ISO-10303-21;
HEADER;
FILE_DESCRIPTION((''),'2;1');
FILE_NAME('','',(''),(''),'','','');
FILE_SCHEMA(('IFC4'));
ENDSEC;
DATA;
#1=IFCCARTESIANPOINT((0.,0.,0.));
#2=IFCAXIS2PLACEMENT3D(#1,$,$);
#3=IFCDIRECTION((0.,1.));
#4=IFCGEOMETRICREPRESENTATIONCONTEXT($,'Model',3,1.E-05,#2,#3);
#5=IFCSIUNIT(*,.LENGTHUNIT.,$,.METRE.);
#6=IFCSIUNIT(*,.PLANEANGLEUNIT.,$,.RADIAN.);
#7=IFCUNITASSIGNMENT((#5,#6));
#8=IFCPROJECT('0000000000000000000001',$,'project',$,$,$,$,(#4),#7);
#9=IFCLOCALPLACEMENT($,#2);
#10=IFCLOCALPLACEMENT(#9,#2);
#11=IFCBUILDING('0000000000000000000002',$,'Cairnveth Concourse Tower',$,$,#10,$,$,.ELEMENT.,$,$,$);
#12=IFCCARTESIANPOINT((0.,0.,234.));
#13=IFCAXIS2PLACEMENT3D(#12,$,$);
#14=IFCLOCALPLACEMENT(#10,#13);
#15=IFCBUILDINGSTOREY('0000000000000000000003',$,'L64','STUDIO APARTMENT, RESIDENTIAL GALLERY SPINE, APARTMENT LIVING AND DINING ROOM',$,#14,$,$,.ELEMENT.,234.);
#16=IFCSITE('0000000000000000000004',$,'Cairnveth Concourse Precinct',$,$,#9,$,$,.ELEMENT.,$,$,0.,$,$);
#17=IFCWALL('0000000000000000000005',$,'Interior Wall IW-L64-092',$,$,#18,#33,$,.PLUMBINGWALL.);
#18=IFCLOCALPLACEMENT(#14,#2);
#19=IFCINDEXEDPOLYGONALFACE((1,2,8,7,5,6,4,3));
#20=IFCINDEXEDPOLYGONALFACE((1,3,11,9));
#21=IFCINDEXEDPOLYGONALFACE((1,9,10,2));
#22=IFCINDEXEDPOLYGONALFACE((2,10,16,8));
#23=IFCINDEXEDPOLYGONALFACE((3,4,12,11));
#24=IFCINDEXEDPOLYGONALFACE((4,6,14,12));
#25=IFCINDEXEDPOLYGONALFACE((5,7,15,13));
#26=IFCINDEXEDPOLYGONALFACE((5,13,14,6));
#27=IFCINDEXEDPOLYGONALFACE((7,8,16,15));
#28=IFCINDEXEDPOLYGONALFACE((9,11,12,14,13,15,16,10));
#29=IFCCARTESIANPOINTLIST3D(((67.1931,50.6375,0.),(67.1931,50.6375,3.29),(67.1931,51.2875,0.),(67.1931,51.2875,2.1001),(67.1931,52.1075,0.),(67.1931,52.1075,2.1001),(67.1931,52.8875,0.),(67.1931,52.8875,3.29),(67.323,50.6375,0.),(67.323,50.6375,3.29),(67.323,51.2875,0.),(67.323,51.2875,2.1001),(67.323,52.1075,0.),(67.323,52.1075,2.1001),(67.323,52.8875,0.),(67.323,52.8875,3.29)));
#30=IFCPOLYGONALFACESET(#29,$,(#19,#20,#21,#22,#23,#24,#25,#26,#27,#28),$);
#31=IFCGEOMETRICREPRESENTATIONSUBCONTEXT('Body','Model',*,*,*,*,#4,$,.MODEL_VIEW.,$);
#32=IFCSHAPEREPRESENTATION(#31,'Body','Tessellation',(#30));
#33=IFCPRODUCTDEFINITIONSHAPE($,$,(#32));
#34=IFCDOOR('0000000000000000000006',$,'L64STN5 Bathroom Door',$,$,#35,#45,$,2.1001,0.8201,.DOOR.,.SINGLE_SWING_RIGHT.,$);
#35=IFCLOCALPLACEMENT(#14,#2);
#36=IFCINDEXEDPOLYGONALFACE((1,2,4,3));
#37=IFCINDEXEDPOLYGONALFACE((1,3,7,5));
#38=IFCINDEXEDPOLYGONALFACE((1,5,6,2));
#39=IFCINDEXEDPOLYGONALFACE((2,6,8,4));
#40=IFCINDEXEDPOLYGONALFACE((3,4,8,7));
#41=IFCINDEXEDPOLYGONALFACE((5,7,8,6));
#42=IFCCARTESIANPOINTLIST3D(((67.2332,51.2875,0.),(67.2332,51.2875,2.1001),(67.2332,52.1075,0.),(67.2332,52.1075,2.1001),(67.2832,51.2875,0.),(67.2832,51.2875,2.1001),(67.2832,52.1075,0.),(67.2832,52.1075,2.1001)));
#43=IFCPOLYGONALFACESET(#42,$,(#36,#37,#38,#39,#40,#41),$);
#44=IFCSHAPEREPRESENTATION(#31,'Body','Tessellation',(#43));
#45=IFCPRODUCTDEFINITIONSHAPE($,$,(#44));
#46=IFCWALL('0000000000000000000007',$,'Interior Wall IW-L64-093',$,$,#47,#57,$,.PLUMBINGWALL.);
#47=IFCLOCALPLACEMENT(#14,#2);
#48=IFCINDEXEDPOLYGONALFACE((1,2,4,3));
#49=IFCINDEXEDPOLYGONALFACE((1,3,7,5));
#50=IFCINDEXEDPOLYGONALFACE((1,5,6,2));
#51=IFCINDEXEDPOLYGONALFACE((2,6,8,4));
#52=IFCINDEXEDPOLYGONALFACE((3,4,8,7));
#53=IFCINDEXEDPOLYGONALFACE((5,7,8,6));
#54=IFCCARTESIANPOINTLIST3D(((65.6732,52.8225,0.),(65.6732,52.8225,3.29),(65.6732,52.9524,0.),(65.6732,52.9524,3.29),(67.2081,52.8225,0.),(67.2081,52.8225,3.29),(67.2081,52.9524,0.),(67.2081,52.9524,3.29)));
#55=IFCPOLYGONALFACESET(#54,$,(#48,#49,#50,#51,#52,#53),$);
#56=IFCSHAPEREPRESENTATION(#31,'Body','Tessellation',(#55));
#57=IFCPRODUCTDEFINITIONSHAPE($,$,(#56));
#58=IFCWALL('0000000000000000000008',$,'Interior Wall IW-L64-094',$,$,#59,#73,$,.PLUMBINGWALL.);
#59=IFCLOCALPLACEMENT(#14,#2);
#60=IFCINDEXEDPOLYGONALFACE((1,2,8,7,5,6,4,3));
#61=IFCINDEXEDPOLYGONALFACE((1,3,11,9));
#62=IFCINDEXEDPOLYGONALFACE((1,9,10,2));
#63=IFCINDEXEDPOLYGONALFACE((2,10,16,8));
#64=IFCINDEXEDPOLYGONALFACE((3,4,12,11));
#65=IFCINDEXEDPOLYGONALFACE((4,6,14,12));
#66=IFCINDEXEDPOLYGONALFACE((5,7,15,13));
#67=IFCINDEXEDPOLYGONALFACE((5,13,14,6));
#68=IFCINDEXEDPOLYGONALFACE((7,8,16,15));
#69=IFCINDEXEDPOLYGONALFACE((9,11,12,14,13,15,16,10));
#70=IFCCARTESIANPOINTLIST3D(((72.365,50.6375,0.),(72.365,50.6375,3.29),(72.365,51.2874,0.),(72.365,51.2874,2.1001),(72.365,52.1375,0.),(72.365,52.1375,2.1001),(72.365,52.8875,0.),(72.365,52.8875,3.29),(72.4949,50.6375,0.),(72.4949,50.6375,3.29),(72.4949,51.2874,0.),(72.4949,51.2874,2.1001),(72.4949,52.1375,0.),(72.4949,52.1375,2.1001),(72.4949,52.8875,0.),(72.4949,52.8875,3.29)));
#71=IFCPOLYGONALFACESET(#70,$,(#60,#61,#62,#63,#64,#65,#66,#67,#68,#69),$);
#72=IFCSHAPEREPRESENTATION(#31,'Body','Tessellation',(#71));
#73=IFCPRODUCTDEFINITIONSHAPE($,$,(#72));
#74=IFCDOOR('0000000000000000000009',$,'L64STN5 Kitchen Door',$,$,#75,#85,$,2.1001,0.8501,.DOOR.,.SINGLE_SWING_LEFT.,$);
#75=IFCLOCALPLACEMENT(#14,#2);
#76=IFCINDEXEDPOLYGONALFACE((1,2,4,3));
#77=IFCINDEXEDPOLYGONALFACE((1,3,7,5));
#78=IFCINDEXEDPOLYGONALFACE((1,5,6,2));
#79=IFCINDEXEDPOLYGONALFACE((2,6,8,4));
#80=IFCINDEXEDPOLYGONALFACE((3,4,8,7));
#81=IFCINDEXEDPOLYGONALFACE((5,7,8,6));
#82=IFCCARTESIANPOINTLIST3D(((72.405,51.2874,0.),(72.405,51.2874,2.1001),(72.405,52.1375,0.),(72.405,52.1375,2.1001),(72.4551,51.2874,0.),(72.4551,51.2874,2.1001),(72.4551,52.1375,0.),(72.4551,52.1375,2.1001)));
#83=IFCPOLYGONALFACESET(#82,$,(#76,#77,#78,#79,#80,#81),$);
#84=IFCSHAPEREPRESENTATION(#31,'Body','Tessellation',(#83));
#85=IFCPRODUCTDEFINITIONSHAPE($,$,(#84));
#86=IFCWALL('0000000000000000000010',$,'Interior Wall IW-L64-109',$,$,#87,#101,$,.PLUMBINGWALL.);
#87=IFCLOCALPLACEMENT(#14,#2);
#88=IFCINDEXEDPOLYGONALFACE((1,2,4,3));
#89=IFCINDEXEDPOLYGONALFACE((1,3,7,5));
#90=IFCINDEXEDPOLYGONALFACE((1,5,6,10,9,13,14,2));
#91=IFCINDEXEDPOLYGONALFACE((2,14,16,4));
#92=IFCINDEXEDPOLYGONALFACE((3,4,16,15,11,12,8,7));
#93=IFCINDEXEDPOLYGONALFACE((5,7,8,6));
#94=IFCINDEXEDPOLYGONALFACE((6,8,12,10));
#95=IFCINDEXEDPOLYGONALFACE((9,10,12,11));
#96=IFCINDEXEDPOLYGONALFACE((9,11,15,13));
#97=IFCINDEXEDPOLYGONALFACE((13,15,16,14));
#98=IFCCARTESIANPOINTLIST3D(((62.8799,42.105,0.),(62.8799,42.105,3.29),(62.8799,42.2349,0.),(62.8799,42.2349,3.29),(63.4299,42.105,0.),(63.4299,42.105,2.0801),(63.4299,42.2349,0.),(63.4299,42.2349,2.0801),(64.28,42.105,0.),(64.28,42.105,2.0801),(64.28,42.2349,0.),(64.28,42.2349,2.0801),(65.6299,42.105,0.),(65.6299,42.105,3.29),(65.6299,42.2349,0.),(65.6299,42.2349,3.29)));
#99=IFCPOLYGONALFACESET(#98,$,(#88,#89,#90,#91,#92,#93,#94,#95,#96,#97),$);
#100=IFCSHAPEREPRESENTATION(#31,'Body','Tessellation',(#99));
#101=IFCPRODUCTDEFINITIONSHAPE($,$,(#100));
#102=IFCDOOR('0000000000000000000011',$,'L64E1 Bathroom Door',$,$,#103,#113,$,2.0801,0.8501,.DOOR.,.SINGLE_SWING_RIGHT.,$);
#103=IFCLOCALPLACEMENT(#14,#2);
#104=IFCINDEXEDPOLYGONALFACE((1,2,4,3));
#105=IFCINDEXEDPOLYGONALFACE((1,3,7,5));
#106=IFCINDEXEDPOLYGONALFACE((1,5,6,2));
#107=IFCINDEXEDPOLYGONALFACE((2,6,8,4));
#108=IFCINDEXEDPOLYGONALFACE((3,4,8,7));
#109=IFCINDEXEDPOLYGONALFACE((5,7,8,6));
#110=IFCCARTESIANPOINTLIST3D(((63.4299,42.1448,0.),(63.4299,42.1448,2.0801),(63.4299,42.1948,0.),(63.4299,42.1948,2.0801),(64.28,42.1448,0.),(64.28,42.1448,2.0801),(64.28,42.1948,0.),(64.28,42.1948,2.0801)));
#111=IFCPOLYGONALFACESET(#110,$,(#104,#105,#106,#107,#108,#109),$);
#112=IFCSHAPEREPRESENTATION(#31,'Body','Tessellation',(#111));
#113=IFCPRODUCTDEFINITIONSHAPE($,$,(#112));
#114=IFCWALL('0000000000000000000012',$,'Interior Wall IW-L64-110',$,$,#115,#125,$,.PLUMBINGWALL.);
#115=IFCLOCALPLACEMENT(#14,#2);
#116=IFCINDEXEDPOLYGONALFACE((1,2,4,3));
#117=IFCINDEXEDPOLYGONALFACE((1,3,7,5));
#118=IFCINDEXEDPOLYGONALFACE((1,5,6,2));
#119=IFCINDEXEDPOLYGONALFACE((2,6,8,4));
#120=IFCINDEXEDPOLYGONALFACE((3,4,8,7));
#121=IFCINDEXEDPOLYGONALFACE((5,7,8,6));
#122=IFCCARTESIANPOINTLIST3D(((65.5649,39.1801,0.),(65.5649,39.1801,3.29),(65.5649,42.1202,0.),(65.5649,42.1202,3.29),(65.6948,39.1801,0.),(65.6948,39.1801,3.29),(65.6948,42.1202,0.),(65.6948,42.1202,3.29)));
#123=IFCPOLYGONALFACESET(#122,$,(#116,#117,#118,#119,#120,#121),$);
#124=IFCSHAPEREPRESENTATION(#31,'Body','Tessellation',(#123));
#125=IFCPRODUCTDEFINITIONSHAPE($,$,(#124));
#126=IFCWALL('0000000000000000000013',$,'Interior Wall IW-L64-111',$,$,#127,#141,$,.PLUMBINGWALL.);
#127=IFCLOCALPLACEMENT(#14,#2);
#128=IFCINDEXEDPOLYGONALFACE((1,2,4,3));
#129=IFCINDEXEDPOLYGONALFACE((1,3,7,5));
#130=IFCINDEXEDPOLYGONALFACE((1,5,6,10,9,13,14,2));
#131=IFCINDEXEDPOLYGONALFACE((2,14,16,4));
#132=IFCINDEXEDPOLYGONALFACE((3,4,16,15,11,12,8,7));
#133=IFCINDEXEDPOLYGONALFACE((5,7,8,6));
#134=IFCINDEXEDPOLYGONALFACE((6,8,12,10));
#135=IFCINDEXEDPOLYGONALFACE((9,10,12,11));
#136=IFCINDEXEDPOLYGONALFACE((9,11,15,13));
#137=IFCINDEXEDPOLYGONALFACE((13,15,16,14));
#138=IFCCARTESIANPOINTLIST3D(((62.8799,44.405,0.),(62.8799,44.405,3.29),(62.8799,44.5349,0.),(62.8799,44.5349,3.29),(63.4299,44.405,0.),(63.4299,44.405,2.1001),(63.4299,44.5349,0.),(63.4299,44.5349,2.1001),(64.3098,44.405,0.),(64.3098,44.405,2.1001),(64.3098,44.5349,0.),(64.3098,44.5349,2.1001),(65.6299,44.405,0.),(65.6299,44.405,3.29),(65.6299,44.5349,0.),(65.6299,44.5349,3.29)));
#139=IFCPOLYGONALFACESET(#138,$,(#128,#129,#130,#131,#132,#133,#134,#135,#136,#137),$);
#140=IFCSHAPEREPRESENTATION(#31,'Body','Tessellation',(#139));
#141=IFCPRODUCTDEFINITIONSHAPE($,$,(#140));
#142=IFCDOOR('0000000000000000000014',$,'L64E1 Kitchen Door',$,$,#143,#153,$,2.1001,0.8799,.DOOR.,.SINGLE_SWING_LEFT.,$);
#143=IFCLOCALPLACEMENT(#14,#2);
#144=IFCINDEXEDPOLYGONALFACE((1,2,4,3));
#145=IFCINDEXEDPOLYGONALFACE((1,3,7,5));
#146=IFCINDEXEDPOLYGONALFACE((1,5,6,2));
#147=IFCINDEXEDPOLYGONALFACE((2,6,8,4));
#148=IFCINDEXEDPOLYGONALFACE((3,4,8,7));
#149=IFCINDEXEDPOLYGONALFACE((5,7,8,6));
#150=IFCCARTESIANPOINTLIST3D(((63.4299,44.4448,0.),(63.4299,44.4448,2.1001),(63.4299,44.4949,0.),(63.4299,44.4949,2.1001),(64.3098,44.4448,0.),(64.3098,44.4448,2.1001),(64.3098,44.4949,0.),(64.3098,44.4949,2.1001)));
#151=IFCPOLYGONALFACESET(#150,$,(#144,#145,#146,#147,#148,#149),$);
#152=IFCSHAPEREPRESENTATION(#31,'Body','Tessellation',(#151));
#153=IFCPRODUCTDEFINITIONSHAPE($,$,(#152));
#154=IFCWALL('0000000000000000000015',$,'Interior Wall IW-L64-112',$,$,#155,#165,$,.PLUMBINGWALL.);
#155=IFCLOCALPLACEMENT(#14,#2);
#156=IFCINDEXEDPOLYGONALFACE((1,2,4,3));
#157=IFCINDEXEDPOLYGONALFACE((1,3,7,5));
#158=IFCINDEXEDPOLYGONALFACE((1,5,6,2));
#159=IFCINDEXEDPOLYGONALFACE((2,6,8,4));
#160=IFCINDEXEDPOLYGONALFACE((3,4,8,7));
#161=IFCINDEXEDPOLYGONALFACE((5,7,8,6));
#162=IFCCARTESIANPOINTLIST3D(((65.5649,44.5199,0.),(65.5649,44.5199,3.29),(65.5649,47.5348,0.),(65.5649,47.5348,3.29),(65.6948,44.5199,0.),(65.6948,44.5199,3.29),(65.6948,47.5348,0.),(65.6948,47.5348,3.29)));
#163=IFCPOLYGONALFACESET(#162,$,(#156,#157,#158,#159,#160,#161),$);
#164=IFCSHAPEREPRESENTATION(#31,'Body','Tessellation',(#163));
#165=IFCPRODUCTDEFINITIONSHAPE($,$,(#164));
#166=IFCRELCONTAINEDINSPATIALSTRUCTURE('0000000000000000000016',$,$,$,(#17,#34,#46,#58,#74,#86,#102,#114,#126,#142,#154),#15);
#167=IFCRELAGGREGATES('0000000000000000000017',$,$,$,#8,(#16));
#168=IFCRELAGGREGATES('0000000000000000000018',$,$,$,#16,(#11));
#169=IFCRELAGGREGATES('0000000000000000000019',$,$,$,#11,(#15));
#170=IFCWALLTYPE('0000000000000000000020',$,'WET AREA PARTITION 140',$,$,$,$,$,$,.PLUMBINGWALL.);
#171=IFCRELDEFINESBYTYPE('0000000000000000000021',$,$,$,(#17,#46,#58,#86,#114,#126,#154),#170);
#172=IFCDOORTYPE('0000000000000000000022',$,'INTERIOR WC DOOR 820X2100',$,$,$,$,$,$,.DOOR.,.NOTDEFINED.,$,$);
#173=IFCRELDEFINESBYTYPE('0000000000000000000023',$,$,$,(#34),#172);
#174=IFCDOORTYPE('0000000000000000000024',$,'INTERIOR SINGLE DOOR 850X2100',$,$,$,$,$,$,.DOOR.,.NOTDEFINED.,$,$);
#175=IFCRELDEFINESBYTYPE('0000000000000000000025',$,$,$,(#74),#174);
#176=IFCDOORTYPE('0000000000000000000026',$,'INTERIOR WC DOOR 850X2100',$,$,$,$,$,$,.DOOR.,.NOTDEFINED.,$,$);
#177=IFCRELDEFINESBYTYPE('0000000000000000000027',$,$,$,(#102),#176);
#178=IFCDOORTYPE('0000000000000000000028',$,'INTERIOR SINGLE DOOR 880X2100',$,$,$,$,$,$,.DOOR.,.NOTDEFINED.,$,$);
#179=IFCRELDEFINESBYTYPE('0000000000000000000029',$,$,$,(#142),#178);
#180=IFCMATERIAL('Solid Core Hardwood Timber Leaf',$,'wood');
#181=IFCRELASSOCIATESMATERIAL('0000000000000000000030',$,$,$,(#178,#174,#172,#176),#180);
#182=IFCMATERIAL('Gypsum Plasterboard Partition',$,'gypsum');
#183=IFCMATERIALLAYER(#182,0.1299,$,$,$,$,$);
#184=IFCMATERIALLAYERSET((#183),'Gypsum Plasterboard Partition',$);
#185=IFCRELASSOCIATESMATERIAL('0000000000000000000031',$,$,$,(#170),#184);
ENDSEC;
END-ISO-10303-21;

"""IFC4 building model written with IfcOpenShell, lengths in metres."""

from ifc_helpers import new_model, si_unit, direction, frame, frame_2d, origin, place, context, subcontext, project, spatial, rectangle, extrude, material, layer, layer_set, type_object, element, fill, save


model = new_model("IFC4")

# Units and contexts
model_context = context("Model", 3, precision=1e-05, world=origin(), true_north=direction((0.0, 1.0)))
body_context = subcontext(model_context, "Body", "Model", "MODEL_VIEW")
ifc_project = project(units=[si_unit("LENGTHUNIT", "METRE"), si_unit("PLANEANGLEUNIT", "RADIAN")], contexts=[model_context])

# Site, building, storey
site_placement = place(None, origin())
site = spatial("IfcSite", under=ifc_project, at=site_placement, Name="Cairnveth Concourse Precinct", CompositionType="ELEMENT", RefElevation=0.0)
building_placement = place(site_placement, origin())
building = spatial("IfcBuilding", under=site, at=building_placement, Name="Cairnveth Concourse Tower", CompositionType="ELEMENT")
storey_placement = place(building_placement, frame((0.0, 0.0, 234.0)))
storey = spatial("IfcBuildingStorey", under=building, at=storey_placement, Name="L64", Description="STUDIO APARTMENT, RESIDENTIAL GALLERY SPINE, APARTMENT LIVING AND DINING ROOM", CompositionType="ELEMENT", Elevation=234.0)

# Shared definitions
ifc_material_1 = material(Name="Gypsum Plasterboard Partition", Category="gypsum")

# Shared definitions
ifc_material_2 = material(Name="Solid Core Hardwood Timber Leaf", Category="wood")
door_type_1 = type_object("IfcDoorType", Name="INTERIOR SINGLE DOOR 880X2100", OperationType="NOTDEFINED", PredefinedType="DOOR", material=ifc_material_2)
ifc_layer_1 = layer(ifc_material_1, 0.1299)
ifc_layer_set_1 = layer_set([ifc_layer_1], Name="Gypsum Plasterboard Partition")
wall_type_1 = type_object("IfcWallType", Name="WET AREA PARTITION 140", PredefinedType="PLUMBINGWALL", material=ifc_layer_set_1)
door_type_2 = type_object("IfcDoorType", Name="INTERIOR SINGLE DOOR 850X2100", OperationType="NOTDEFINED", PredefinedType="DOOR", material=ifc_material_2)

# Wall, opening, door
wall_1_placement = place(storey_placement, frame((67.2581, 50.6375, 0.0), z_axis=(0.0, 0.0, 1.0), x_axis=(0.0, 1.0, 0.0)))
wall_1 = element("IfcWall", 1, at=wall_1_placement, inside=storey, type_object=wall_type_1, Name="Interior Wall IW-L64-092", PredefinedType="PLUMBINGWALL", context=body_context, shape_type="SweptSolid", body=[
    extrude(rectangle(XDim=2.25, YDim=0.1299, at=frame_2d((1.125, 0.0))), origin(), (0.0, 0.0, 1.0), 3.29),
])
opening_1_placement = place(wall_1_placement, frame((0.6499, 0.0, 0.0)))
opening_1 = element("IfcOpeningElement", 2, at=opening_1_placement, cuts=wall_1, PredefinedType="OPENING", context=body_context, shape_type="SweptSolid", body=[
    extrude(rectangle(XDim=0.8201, YDim=2.1001, at=frame_2d((0.4102, 1.05))), frame((0.0, 0.075, 0.0), z_axis=(0.0, -1.0, 0.0), x_axis=(1.0, 0.0, 0.0)), (0.0, 0.0, 1.0), 0.1499),
])
door_type_3 = type_object("IfcDoorType", Name="INTERIOR WC DOOR 820X2100", OperationType="NOTDEFINED", PredefinedType="DOOR", material=ifc_material_2)
door_1_placement = place(opening_1_placement, origin())
door_1 = element("IfcDoor", 3, at=door_1_placement, inside=storey, type_object=door_type_3, Name="L64STN5 Bathroom Door", OperationType="SINGLE_SWING_RIGHT", OverallHeight=2.1001, OverallWidth=0.8201, PredefinedType="DOOR", context=body_context, shape_type="SweptSolid", body=[
    extrude(rectangle(XDim=0.8201, YDim=2.1001, at=frame_2d((0.4102, 1.05))), frame((0.0, 0.0249, 0.0), z_axis=(0.0, -1.0, 0.0), x_axis=(1.0, 0.0, 0.0)), (0.0, 0.0, 1.0), 0.05),
])
fill(opening_1, door_1)

# Wall
wall_2_placement = place(storey_placement, frame((65.6731, 52.8875, 0.0), z_axis=(0.0, 0.0, 1.0), x_axis=(1.0, 0.0, 0.0)))
element("IfcWall", 4, at=wall_2_placement, inside=storey, type_object=wall_type_1, Name="Interior Wall IW-L64-093", PredefinedType="PLUMBINGWALL", context=body_context, shape_type="SweptSolid", body=[
    extrude(rectangle(XDim=1.5349, YDim=0.1299, at=frame_2d((0.7676, 0.0))), origin(), (0.0, 0.0, 1.0), 3.29),
])

# Walls, openings, doors
wall_3_placement = place(storey_placement, frame((72.4299, 50.6375, 0.0), z_axis=(0.0, 0.0, 1.0), x_axis=(0.0, 1.0, 0.0)))
wall_3 = element("IfcWall", 5, at=wall_3_placement, inside=storey, type_object=wall_type_1, Name="Interior Wall IW-L64-094", PredefinedType="PLUMBINGWALL", context=body_context, shape_type="SweptSolid", body=[
    extrude(rectangle(XDim=2.25, YDim=0.1299, at=frame_2d((1.125, 0.0))), origin(), (0.0, 0.0, 1.0), 3.29),
])
opening_2_placement = place(wall_3_placement, frame((0.6499, 0.0, 0.0)))
opening_2 = element("IfcOpeningElement", 6, at=opening_2_placement, cuts=wall_3, PredefinedType="OPENING", context=body_context, shape_type="SweptSolid", body=[
    extrude(rectangle(XDim=0.8501, YDim=2.1001, at=frame_2d((0.425, 1.05))), frame((0.0, 0.075, 0.0), z_axis=(0.0, -1.0, 0.0), x_axis=(1.0, 0.0, 0.0)), (0.0, 0.0, 1.0), 0.1499),
])
door_2_placement = place(opening_2_placement, origin())
door_2 = element("IfcDoor", 7, at=door_2_placement, inside=storey, type_object=door_type_2, Name="L64STN5 Kitchen Door", OperationType="SINGLE_SWING_LEFT", OverallHeight=2.1001, OverallWidth=0.8501, PredefinedType="DOOR", context=body_context, shape_type="SweptSolid", body=[
    extrude(rectangle(XDim=0.8501, YDim=2.1001, at=frame_2d((0.425, 1.05))), frame((0.0, 0.0249, 0.0), z_axis=(0.0, -1.0, 0.0), x_axis=(1.0, 0.0, 0.0)), (0.0, 0.0, 1.0), 0.05),
])
fill(opening_2, door_2)
wall_4_placement = place(storey_placement, frame((62.8799, 42.1699, 0.0), z_axis=(0.0, 0.0, 1.0), x_axis=(1.0, 0.0, 0.0)))
wall_4 = element("IfcWall", 8, at=wall_4_placement, inside=storey, type_object=wall_type_1, Name="Interior Wall IW-L64-109", PredefinedType="PLUMBINGWALL", context=body_context, shape_type="SweptSolid", body=[
    extrude(rectangle(XDim=2.75, YDim=0.1299, at=frame_2d((1.375, 0.0))), origin(), (0.0, 0.0, 1.0), 3.29),
])
opening_3_placement = place(wall_4_placement, frame((0.55, 0.0, 0.0)))
opening_3 = element("IfcOpeningElement", 9, at=opening_3_placement, cuts=wall_4, PredefinedType="OPENING", context=body_context, shape_type="SweptSolid", body=[
    extrude(rectangle(XDim=0.8501, YDim=2.0801, at=frame_2d((0.425, 1.04))), frame((0.0, 0.075, 0.0), z_axis=(0.0, -1.0, 0.0), x_axis=(1.0, 0.0, 0.0)), (0.0, 0.0, 1.0), 0.1499),
])
door_type_4 = type_object("IfcDoorType", Name="INTERIOR WC DOOR 850X2100", OperationType="NOTDEFINED", PredefinedType="DOOR", material=ifc_material_2)
door_3_placement = place(opening_3_placement, origin())
door_3 = element("IfcDoor", 10, at=door_3_placement, inside=storey, type_object=door_type_4, Name="L64E1 Bathroom Door", OperationType="SINGLE_SWING_RIGHT", OverallHeight=2.0801, OverallWidth=0.8501, PredefinedType="DOOR", context=body_context, shape_type="SweptSolid", body=[
    extrude(rectangle(XDim=0.8501, YDim=2.0801, at=frame_2d((0.425, 1.04))), frame((0.0, 0.0249, 0.0), z_axis=(0.0, -1.0, 0.0), x_axis=(1.0, 0.0, 0.0)), (0.0, 0.0, 1.0), 0.05),
])
fill(opening_3, door_3)

# Wall
wall_5_placement = place(storey_placement, frame((65.6299, 39.1799, 0.0), z_axis=(0.0, 0.0, 1.0), x_axis=(0.0, 1.0, 0.0)))
element("IfcWall", 11, at=wall_5_placement, inside=storey, type_object=wall_type_1, Name="Interior Wall IW-L64-110", PredefinedType="PLUMBINGWALL", context=body_context, shape_type="SweptSolid", body=[
    extrude(rectangle(XDim=2.9402, YDim=0.1299, at=frame_2d((1.4702, 0.0))), origin(), (0.0, 0.0, 1.0), 3.29),
])

# Wall, opening, door
wall_6_placement = place(storey_placement, frame((62.8799, 44.47, 0.0), z_axis=(0.0, 0.0, 1.0), x_axis=(1.0, 0.0, 0.0)))
wall_6 = element("IfcWall", 12, at=wall_6_placement, inside=storey, type_object=wall_type_1, Name="Interior Wall IW-L64-111", PredefinedType="PLUMBINGWALL", context=body_context, shape_type="SweptSolid", body=[
    extrude(rectangle(XDim=2.75, YDim=0.1299, at=frame_2d((1.375, 0.0))), origin(), (0.0, 0.0, 1.0), 3.29),
])
opening_4_placement = place(wall_6_placement, frame((0.55, 0.0, 0.0)))
opening_4 = element("IfcOpeningElement", 13, at=opening_4_placement, cuts=wall_6, PredefinedType="OPENING", context=body_context, shape_type="SweptSolid", body=[
    extrude(rectangle(XDim=0.8799, YDim=2.1001, at=frame_2d((0.4399, 1.05))), frame((0.0, 0.075, 0.0), z_axis=(0.0, -1.0, 0.0), x_axis=(1.0, 0.0, 0.0)), (0.0, 0.0, 1.0), 0.1499),
])
door_4_placement = place(opening_4_placement, origin())
door_4 = element("IfcDoor", 14, at=door_4_placement, inside=storey, type_object=door_type_1, Name="L64E1 Kitchen Door", OperationType="SINGLE_SWING_LEFT", OverallHeight=2.1001, OverallWidth=0.8799, PredefinedType="DOOR", context=body_context, shape_type="SweptSolid", body=[
    extrude(rectangle(XDim=0.8799, YDim=2.1001, at=frame_2d((0.4399, 1.05))), frame((0.0, 0.0249, 0.0), z_axis=(0.0, -1.0, 0.0), x_axis=(1.0, 0.0, 0.0)), (0.0, 0.0, 1.0), 0.05),
])
fill(opening_4, door_4)

# Wall
wall_7_placement = place(storey_placement, frame((65.6299, 44.52, 0.0), z_axis=(0.0, 0.0, 1.0), x_axis=(0.0, 1.0, 0.0)))
element("IfcWall", 15, at=wall_7_placement, inside=storey, type_object=wall_type_1, Name="Interior Wall IW-L64-112", PredefinedType="PLUMBINGWALL", context=body_context, shape_type="SweptSolid", body=[
    extrude(rectangle(XDim=3.0149, YDim=0.1299, at=frame_2d((1.5073, 0.0))), origin(), (0.0, 0.0, 1.0), 3.29),
])

save(model, "model.ifc")
